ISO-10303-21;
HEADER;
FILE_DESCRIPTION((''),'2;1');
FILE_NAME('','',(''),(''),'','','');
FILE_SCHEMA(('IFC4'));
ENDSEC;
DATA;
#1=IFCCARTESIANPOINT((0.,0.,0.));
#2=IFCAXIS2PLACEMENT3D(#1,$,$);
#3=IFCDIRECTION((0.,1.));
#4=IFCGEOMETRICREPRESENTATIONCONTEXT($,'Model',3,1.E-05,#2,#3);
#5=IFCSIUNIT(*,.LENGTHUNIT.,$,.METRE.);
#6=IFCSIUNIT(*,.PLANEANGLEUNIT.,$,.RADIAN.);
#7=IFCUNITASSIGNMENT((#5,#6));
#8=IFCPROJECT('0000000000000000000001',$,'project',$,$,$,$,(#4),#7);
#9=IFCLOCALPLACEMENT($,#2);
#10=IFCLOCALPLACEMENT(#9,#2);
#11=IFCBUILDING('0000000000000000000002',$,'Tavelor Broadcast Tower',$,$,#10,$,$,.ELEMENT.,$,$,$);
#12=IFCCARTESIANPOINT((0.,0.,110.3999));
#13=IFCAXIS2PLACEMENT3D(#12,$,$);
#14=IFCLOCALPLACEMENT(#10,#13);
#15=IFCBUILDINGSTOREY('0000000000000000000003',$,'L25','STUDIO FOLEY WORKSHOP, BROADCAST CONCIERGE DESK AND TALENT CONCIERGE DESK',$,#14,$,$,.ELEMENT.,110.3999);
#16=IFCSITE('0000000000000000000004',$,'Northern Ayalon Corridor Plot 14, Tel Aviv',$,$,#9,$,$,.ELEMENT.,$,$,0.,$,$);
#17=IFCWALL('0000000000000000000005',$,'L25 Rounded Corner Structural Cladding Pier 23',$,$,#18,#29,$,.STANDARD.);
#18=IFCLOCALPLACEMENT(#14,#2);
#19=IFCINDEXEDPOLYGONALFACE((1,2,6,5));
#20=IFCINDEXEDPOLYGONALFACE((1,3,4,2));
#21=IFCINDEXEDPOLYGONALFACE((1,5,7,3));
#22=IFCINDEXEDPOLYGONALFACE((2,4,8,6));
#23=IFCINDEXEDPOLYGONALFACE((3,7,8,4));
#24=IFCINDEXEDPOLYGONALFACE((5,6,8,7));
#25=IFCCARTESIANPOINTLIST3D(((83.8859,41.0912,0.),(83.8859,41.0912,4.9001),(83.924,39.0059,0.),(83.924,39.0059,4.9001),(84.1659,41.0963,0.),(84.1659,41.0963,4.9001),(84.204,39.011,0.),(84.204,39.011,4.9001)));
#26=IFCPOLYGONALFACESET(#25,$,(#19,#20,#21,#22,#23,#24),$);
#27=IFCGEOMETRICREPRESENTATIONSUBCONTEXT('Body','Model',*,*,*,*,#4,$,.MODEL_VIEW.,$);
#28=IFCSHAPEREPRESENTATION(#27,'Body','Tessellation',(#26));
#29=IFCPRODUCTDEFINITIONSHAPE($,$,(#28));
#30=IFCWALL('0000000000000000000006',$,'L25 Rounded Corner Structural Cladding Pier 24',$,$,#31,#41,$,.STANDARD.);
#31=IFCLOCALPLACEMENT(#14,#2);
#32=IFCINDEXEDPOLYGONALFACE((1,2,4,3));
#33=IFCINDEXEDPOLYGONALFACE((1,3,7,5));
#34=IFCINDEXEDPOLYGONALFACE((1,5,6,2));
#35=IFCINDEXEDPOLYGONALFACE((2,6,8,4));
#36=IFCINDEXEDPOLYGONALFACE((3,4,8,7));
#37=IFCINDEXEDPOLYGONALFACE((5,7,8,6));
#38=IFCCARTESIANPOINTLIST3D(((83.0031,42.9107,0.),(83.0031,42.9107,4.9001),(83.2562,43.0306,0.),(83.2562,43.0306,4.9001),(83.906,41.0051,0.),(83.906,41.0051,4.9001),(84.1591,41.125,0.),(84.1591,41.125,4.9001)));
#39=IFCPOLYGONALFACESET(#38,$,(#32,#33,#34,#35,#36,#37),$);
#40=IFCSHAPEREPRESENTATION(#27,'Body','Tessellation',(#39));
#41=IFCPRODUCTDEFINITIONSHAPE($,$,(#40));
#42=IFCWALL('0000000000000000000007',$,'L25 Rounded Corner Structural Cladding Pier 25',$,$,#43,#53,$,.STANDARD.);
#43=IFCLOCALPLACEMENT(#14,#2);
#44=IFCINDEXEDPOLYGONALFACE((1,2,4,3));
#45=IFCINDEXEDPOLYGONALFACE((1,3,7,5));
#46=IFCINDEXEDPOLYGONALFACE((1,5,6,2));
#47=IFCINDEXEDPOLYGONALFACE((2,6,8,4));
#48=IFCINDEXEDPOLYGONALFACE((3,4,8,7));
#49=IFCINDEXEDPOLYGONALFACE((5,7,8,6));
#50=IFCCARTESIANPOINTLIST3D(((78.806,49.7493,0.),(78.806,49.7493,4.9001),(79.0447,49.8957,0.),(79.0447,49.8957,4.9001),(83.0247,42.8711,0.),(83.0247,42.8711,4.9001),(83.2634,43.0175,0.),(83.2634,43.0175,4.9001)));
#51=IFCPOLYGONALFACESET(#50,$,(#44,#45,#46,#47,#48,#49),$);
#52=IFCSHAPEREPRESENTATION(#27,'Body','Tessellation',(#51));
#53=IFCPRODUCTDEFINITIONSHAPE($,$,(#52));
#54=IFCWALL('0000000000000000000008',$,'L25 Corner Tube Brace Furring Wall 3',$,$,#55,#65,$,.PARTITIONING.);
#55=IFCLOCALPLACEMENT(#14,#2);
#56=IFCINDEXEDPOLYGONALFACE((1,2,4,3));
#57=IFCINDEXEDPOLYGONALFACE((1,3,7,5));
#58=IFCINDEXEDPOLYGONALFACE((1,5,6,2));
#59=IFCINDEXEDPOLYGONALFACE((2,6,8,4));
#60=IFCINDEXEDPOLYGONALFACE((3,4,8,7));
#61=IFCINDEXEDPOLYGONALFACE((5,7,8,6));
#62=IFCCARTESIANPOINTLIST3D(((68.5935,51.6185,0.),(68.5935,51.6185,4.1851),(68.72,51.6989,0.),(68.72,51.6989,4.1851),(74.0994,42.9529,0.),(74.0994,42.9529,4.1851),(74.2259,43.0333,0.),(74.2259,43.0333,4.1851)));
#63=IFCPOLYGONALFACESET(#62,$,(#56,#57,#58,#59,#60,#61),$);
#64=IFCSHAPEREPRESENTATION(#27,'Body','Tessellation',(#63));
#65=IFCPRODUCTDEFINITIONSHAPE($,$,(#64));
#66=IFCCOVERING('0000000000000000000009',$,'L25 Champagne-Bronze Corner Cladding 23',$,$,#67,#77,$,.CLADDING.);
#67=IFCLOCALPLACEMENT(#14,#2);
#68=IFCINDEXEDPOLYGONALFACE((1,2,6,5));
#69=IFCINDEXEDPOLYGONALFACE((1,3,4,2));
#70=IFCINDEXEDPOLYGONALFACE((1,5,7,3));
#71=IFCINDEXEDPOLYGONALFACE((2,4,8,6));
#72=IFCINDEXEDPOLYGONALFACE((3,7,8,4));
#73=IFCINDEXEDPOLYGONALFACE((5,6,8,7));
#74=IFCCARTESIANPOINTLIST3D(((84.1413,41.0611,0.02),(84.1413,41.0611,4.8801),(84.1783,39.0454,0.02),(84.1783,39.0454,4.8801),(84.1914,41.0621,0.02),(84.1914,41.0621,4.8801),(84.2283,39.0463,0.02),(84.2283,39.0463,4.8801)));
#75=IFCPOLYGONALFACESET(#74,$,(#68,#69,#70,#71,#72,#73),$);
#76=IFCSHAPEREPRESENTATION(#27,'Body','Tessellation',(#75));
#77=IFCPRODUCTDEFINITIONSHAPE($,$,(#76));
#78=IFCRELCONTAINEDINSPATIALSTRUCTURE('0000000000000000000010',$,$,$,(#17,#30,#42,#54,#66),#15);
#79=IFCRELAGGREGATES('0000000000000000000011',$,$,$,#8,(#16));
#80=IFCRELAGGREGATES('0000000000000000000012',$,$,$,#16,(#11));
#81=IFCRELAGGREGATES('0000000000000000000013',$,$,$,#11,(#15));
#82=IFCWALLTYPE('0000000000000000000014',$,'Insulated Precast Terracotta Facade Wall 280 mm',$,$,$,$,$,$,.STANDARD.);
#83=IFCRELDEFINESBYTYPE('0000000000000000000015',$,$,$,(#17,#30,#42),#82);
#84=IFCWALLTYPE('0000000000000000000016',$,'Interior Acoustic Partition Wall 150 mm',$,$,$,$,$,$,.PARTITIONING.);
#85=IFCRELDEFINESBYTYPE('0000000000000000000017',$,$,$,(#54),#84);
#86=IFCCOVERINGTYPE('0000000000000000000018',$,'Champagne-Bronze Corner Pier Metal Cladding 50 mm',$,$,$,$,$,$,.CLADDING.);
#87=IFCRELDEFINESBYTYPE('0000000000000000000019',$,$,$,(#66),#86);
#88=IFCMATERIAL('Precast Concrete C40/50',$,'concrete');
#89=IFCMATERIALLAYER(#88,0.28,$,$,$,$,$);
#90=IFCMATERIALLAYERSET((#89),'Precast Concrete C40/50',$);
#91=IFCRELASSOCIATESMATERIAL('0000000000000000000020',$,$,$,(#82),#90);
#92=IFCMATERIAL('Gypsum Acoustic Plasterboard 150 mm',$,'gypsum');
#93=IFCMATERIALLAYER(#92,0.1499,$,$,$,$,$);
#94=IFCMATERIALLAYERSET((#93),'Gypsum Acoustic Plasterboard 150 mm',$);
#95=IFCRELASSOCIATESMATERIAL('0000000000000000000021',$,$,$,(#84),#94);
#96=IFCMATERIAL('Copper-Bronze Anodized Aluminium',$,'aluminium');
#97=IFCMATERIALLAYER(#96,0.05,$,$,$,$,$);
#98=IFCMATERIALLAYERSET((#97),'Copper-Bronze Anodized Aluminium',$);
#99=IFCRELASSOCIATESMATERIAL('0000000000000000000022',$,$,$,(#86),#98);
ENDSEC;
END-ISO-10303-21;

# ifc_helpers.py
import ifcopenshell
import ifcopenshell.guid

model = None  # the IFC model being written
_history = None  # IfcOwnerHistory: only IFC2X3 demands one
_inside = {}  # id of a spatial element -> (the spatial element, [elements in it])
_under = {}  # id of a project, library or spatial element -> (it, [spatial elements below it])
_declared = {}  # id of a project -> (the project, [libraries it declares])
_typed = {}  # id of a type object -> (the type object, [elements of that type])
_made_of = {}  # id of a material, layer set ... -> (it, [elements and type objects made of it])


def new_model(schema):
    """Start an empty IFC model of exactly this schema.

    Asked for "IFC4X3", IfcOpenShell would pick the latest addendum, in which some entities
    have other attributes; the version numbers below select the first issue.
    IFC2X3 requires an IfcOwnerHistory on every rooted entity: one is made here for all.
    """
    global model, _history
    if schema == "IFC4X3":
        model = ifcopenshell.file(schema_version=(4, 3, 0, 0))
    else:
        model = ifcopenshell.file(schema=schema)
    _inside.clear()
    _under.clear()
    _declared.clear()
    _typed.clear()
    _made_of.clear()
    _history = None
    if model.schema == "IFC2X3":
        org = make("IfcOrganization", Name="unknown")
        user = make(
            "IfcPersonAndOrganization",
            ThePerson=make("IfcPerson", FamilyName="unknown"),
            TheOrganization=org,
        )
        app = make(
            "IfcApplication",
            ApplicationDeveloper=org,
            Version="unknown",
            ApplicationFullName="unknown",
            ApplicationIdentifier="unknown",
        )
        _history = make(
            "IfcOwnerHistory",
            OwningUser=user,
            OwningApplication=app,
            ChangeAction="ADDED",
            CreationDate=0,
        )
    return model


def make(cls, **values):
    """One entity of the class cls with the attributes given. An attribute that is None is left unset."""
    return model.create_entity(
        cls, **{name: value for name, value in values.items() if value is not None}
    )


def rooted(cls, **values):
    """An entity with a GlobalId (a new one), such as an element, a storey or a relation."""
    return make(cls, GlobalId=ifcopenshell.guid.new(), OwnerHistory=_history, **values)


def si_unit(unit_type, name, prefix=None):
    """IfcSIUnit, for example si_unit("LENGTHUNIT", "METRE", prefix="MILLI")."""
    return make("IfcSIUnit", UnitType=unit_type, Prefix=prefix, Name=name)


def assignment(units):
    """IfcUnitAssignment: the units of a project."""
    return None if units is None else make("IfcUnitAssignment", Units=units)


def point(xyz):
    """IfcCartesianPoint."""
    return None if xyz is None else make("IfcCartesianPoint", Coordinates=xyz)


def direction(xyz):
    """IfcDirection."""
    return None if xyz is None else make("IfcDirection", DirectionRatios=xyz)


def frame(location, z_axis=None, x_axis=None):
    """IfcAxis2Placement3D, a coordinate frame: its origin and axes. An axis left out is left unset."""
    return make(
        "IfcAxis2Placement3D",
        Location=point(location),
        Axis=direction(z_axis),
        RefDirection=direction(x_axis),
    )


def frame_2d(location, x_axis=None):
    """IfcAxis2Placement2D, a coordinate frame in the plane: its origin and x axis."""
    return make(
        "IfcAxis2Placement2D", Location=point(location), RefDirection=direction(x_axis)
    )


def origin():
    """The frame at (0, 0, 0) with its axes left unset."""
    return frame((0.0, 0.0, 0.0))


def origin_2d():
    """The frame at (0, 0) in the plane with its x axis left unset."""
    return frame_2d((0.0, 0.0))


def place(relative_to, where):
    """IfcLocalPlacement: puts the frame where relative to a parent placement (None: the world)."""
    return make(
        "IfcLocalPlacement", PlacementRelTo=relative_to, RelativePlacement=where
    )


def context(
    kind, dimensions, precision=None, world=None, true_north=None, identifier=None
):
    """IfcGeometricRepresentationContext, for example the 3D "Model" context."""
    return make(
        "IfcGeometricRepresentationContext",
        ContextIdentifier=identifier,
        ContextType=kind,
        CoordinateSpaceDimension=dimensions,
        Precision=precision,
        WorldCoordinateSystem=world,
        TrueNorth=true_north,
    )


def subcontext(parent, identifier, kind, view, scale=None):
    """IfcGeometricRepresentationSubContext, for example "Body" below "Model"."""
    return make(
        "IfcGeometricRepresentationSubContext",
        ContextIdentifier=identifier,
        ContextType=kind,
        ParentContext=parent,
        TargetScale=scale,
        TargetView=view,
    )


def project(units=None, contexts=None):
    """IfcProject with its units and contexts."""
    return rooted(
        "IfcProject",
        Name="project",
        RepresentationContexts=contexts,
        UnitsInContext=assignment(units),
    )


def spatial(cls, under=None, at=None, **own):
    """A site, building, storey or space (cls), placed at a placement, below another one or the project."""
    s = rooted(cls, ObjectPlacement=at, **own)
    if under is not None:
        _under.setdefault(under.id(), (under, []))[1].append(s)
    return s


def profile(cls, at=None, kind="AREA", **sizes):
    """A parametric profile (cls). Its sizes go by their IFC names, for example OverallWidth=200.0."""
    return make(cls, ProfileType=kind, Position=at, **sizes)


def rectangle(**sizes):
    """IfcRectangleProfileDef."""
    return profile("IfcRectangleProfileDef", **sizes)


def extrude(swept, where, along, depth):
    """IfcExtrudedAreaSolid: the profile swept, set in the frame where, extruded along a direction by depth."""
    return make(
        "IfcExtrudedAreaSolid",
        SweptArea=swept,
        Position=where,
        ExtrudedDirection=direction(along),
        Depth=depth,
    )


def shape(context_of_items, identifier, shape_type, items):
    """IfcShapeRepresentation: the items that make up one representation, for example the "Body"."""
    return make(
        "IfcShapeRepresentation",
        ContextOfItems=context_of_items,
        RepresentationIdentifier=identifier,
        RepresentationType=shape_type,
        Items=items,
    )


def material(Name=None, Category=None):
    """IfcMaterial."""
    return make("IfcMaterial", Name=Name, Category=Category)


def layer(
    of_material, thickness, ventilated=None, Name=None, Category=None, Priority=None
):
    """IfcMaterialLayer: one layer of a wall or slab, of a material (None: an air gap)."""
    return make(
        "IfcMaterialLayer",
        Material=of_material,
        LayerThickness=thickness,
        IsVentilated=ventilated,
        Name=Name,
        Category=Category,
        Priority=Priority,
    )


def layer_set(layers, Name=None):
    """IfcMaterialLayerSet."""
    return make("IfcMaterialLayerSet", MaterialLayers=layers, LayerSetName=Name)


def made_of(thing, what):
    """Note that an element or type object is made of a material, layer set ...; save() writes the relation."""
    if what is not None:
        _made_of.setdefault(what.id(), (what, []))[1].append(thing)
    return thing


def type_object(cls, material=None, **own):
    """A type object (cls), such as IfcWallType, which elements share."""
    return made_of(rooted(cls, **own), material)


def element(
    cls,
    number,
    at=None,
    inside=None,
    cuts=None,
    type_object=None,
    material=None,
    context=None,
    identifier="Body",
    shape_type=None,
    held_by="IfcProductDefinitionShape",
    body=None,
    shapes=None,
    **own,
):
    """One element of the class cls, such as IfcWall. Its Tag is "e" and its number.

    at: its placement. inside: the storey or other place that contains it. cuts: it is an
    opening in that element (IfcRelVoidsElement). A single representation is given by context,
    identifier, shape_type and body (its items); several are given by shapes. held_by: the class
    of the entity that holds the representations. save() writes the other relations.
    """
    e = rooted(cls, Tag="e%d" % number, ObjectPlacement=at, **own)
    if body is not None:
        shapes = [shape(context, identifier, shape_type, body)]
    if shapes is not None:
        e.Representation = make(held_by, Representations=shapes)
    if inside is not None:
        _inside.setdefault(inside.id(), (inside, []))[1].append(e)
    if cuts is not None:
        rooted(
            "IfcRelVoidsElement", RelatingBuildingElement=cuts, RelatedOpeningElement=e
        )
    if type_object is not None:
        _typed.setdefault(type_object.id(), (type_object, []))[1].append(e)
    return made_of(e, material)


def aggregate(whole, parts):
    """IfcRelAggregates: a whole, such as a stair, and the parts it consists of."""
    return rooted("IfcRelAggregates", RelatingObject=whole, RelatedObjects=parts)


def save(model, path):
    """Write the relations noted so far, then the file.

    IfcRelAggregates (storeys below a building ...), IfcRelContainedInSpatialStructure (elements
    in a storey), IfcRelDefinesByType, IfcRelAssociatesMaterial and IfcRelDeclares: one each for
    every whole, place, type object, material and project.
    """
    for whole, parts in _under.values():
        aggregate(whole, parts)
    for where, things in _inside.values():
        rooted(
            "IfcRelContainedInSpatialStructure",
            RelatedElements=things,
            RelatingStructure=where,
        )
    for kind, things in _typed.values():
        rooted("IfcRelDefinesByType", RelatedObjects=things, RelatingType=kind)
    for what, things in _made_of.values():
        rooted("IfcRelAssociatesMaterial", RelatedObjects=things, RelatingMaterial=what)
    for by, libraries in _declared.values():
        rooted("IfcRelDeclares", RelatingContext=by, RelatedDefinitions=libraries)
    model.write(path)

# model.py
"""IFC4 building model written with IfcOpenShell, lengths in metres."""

from ifc_helpers import new_model, si_unit, direction, frame, frame_2d, origin, origin_2d, place, context, subcontext, project, spatial, rectangle, extrude, material, layer, layer_set, type_object, element, save


model = new_model("IFC4")

# Units and contexts
model_context = context("Model", 3, precision=1e-05, world=origin(), true_north=direction((0.0, 1.0)))
body_context = subcontext(model_context, "Body", "Model", "MODEL_VIEW")
ifc_project = project(units=[si_unit("LENGTHUNIT", "METRE"), si_unit("PLANEANGLEUNIT", "RADIAN")], contexts=[model_context])

# Site, building, storey
site_placement = place(None, origin())
site = spatial("IfcSite", under=ifc_project, at=site_placement, Name="Northern Ayalon Corridor Plot 14, Tel Aviv", CompositionType="ELEMENT", RefElevation=0.0)
building_placement = place(site_placement, origin())
building = spatial("IfcBuilding", under=site, at=building_placement, Name="Tavelor Broadcast Tower", CompositionType="ELEMENT")
storey_placement = place(building_placement, frame((0.0, 0.0, 110.3999)))
storey = spatial("IfcBuildingStorey", under=building, at=storey_placement, Name="L25", Description="STUDIO FOLEY WORKSHOP, BROADCAST CONCIERGE DESK AND TALENT CONCIERGE DESK", CompositionType="ELEMENT", Elevation=110.3999)

# Walls
ifc_material_1 = material(Name="Precast Concrete C40/50", Category="concrete")
ifc_layer_1 = layer(ifc_material_1, 0.28)
ifc_layer_set_1 = layer_set([ifc_layer_1], Name="Precast Concrete C40/50")
wall_type_1 = type_object("IfcWallType", Name="Insulated Precast Terracotta Facade Wall 280 mm", PredefinedType="STANDARD", material=ifc_layer_set_1)
wall_1_placement = place(storey_placement, frame((84.064, 39.0083, 0.0), z_axis=(0.0, 0.0, 1.0), x_axis=(-0.01826, 0.999833, 0.0)))
element("IfcWall", 1, at=wall_1_placement, inside=storey, type_object=wall_type_1, Name="L25 Rounded Corner Structural Cladding Pier 23", PredefinedType="STANDARD", context=body_context, shape_type="SweptSolid", body=[
    extrude(rectangle(XDim=2.0857, YDim=0.28, at=frame_2d((1.043, 0.0))), origin(), (0.0, 0.0, 1.0), 4.9001),
])
wall_2_placement = place(storey_placement, frame((84.0325, 41.0652, 0.0), z_axis=(0.0, 0.0, 1.0), x_axis=(-0.428171, 0.903698, 0.0)))
element("IfcWall", 2, at=wall_2_placement, inside=storey, type_object=wall_type_1, Name="L25 Rounded Corner Structural Cladding Pier 24", PredefinedType="STANDARD", context=body_context, shape_type="SweptSolid", body=[
    extrude(rectangle(XDim=2.1086, YDim=0.28, at=frame_2d((1.0542, 0.0))), origin(), (0.0, 0.0, 1.0), 4.9001),
])
wall_3_placement = place(storey_placement, frame((83.144, 42.9443, 0.0), z_axis=(0.0, 0.0, 1.0), x_axis=(-0.522841, 0.85243, 0.0)))
element("IfcWall", 3, at=wall_3_placement, inside=storey, type_object=wall_type_1, Name="L25 Rounded Corner Structural Cladding Pier 25", PredefinedType="STANDARD", context=body_context, shape_type="SweptSolid", body=[
    extrude(rectangle(XDim=8.0688, YDim=0.28, at=frame_2d((4.0344, 0.0))), origin(), (0.0, 0.0, 1.0), 4.9001),
])
ifc_material_2 = material(Name="Gypsum Acoustic Plasterboard 150 mm", Category="gypsum")
ifc_layer_2 = layer(ifc_material_2, 0.1499)
ifc_layer_set_2 = layer_set([ifc_layer_2], Name="Gypsum Acoustic Plasterboard 150 mm")
wall_type_2 = type_object("IfcWallType", Name="Interior Acoustic Partition Wall 150 mm", PredefinedType="PARTITIONING", material=ifc_layer_set_2)
wall_4_placement = place(storey_placement, frame((74.1626, 42.9932, 0.0), z_axis=(0.0, 0.0, 1.0), x_axis=(-0.536281, 0.844039, 0.0)))
element("IfcWall", 4, at=wall_4_placement, inside=storey, type_object=wall_type_2, Name="L25 Corner Tube Brace Furring Wall 3", PredefinedType="PARTITIONING", context=body_context, shape_type="SweptSolid", body=[
    extrude(rectangle(XDim=10.2668, YDim=0.1499, at=frame_2d((5.1333, 0.0))), origin(), (0.0, 0.0, 1.0), 4.1851),
])

# Covering
ifc_material_3 = material(Name="Copper-Bronze Anodized Aluminium", Category="aluminium")
ifc_layer_3 = layer(ifc_material_3, 0.05)
ifc_layer_set_3 = layer_set([ifc_layer_3], Name="Copper-Bronze Anodized Aluminium")
covering_type = type_object("IfcCoveringType", Name="Champagne-Bronze Corner Pier Metal Cladding 50 mm", PredefinedType="CLADDING", material=ifc_layer_set_3)
covering_placement = place(storey_placement, frame((84.1848, 40.0537, 0.02), z_axis=(0.0, 0.0, 1.0), x_axis=(-0.018325, 0.999832, 0.0)))
element("IfcCovering", 5, at=covering_placement, inside=storey, type_object=covering_type, Name="L25 Champagne-Bronze Corner Cladding 23", PredefinedType="CLADDING", context=body_context, shape_type="SweptSolid", body=[
    extrude(rectangle(XDim=2.0161, YDim=0.05, at=origin_2d()), origin(), (0.0, 0.0, 1.0), 4.8601),
])

save(model, "model.ifc")
